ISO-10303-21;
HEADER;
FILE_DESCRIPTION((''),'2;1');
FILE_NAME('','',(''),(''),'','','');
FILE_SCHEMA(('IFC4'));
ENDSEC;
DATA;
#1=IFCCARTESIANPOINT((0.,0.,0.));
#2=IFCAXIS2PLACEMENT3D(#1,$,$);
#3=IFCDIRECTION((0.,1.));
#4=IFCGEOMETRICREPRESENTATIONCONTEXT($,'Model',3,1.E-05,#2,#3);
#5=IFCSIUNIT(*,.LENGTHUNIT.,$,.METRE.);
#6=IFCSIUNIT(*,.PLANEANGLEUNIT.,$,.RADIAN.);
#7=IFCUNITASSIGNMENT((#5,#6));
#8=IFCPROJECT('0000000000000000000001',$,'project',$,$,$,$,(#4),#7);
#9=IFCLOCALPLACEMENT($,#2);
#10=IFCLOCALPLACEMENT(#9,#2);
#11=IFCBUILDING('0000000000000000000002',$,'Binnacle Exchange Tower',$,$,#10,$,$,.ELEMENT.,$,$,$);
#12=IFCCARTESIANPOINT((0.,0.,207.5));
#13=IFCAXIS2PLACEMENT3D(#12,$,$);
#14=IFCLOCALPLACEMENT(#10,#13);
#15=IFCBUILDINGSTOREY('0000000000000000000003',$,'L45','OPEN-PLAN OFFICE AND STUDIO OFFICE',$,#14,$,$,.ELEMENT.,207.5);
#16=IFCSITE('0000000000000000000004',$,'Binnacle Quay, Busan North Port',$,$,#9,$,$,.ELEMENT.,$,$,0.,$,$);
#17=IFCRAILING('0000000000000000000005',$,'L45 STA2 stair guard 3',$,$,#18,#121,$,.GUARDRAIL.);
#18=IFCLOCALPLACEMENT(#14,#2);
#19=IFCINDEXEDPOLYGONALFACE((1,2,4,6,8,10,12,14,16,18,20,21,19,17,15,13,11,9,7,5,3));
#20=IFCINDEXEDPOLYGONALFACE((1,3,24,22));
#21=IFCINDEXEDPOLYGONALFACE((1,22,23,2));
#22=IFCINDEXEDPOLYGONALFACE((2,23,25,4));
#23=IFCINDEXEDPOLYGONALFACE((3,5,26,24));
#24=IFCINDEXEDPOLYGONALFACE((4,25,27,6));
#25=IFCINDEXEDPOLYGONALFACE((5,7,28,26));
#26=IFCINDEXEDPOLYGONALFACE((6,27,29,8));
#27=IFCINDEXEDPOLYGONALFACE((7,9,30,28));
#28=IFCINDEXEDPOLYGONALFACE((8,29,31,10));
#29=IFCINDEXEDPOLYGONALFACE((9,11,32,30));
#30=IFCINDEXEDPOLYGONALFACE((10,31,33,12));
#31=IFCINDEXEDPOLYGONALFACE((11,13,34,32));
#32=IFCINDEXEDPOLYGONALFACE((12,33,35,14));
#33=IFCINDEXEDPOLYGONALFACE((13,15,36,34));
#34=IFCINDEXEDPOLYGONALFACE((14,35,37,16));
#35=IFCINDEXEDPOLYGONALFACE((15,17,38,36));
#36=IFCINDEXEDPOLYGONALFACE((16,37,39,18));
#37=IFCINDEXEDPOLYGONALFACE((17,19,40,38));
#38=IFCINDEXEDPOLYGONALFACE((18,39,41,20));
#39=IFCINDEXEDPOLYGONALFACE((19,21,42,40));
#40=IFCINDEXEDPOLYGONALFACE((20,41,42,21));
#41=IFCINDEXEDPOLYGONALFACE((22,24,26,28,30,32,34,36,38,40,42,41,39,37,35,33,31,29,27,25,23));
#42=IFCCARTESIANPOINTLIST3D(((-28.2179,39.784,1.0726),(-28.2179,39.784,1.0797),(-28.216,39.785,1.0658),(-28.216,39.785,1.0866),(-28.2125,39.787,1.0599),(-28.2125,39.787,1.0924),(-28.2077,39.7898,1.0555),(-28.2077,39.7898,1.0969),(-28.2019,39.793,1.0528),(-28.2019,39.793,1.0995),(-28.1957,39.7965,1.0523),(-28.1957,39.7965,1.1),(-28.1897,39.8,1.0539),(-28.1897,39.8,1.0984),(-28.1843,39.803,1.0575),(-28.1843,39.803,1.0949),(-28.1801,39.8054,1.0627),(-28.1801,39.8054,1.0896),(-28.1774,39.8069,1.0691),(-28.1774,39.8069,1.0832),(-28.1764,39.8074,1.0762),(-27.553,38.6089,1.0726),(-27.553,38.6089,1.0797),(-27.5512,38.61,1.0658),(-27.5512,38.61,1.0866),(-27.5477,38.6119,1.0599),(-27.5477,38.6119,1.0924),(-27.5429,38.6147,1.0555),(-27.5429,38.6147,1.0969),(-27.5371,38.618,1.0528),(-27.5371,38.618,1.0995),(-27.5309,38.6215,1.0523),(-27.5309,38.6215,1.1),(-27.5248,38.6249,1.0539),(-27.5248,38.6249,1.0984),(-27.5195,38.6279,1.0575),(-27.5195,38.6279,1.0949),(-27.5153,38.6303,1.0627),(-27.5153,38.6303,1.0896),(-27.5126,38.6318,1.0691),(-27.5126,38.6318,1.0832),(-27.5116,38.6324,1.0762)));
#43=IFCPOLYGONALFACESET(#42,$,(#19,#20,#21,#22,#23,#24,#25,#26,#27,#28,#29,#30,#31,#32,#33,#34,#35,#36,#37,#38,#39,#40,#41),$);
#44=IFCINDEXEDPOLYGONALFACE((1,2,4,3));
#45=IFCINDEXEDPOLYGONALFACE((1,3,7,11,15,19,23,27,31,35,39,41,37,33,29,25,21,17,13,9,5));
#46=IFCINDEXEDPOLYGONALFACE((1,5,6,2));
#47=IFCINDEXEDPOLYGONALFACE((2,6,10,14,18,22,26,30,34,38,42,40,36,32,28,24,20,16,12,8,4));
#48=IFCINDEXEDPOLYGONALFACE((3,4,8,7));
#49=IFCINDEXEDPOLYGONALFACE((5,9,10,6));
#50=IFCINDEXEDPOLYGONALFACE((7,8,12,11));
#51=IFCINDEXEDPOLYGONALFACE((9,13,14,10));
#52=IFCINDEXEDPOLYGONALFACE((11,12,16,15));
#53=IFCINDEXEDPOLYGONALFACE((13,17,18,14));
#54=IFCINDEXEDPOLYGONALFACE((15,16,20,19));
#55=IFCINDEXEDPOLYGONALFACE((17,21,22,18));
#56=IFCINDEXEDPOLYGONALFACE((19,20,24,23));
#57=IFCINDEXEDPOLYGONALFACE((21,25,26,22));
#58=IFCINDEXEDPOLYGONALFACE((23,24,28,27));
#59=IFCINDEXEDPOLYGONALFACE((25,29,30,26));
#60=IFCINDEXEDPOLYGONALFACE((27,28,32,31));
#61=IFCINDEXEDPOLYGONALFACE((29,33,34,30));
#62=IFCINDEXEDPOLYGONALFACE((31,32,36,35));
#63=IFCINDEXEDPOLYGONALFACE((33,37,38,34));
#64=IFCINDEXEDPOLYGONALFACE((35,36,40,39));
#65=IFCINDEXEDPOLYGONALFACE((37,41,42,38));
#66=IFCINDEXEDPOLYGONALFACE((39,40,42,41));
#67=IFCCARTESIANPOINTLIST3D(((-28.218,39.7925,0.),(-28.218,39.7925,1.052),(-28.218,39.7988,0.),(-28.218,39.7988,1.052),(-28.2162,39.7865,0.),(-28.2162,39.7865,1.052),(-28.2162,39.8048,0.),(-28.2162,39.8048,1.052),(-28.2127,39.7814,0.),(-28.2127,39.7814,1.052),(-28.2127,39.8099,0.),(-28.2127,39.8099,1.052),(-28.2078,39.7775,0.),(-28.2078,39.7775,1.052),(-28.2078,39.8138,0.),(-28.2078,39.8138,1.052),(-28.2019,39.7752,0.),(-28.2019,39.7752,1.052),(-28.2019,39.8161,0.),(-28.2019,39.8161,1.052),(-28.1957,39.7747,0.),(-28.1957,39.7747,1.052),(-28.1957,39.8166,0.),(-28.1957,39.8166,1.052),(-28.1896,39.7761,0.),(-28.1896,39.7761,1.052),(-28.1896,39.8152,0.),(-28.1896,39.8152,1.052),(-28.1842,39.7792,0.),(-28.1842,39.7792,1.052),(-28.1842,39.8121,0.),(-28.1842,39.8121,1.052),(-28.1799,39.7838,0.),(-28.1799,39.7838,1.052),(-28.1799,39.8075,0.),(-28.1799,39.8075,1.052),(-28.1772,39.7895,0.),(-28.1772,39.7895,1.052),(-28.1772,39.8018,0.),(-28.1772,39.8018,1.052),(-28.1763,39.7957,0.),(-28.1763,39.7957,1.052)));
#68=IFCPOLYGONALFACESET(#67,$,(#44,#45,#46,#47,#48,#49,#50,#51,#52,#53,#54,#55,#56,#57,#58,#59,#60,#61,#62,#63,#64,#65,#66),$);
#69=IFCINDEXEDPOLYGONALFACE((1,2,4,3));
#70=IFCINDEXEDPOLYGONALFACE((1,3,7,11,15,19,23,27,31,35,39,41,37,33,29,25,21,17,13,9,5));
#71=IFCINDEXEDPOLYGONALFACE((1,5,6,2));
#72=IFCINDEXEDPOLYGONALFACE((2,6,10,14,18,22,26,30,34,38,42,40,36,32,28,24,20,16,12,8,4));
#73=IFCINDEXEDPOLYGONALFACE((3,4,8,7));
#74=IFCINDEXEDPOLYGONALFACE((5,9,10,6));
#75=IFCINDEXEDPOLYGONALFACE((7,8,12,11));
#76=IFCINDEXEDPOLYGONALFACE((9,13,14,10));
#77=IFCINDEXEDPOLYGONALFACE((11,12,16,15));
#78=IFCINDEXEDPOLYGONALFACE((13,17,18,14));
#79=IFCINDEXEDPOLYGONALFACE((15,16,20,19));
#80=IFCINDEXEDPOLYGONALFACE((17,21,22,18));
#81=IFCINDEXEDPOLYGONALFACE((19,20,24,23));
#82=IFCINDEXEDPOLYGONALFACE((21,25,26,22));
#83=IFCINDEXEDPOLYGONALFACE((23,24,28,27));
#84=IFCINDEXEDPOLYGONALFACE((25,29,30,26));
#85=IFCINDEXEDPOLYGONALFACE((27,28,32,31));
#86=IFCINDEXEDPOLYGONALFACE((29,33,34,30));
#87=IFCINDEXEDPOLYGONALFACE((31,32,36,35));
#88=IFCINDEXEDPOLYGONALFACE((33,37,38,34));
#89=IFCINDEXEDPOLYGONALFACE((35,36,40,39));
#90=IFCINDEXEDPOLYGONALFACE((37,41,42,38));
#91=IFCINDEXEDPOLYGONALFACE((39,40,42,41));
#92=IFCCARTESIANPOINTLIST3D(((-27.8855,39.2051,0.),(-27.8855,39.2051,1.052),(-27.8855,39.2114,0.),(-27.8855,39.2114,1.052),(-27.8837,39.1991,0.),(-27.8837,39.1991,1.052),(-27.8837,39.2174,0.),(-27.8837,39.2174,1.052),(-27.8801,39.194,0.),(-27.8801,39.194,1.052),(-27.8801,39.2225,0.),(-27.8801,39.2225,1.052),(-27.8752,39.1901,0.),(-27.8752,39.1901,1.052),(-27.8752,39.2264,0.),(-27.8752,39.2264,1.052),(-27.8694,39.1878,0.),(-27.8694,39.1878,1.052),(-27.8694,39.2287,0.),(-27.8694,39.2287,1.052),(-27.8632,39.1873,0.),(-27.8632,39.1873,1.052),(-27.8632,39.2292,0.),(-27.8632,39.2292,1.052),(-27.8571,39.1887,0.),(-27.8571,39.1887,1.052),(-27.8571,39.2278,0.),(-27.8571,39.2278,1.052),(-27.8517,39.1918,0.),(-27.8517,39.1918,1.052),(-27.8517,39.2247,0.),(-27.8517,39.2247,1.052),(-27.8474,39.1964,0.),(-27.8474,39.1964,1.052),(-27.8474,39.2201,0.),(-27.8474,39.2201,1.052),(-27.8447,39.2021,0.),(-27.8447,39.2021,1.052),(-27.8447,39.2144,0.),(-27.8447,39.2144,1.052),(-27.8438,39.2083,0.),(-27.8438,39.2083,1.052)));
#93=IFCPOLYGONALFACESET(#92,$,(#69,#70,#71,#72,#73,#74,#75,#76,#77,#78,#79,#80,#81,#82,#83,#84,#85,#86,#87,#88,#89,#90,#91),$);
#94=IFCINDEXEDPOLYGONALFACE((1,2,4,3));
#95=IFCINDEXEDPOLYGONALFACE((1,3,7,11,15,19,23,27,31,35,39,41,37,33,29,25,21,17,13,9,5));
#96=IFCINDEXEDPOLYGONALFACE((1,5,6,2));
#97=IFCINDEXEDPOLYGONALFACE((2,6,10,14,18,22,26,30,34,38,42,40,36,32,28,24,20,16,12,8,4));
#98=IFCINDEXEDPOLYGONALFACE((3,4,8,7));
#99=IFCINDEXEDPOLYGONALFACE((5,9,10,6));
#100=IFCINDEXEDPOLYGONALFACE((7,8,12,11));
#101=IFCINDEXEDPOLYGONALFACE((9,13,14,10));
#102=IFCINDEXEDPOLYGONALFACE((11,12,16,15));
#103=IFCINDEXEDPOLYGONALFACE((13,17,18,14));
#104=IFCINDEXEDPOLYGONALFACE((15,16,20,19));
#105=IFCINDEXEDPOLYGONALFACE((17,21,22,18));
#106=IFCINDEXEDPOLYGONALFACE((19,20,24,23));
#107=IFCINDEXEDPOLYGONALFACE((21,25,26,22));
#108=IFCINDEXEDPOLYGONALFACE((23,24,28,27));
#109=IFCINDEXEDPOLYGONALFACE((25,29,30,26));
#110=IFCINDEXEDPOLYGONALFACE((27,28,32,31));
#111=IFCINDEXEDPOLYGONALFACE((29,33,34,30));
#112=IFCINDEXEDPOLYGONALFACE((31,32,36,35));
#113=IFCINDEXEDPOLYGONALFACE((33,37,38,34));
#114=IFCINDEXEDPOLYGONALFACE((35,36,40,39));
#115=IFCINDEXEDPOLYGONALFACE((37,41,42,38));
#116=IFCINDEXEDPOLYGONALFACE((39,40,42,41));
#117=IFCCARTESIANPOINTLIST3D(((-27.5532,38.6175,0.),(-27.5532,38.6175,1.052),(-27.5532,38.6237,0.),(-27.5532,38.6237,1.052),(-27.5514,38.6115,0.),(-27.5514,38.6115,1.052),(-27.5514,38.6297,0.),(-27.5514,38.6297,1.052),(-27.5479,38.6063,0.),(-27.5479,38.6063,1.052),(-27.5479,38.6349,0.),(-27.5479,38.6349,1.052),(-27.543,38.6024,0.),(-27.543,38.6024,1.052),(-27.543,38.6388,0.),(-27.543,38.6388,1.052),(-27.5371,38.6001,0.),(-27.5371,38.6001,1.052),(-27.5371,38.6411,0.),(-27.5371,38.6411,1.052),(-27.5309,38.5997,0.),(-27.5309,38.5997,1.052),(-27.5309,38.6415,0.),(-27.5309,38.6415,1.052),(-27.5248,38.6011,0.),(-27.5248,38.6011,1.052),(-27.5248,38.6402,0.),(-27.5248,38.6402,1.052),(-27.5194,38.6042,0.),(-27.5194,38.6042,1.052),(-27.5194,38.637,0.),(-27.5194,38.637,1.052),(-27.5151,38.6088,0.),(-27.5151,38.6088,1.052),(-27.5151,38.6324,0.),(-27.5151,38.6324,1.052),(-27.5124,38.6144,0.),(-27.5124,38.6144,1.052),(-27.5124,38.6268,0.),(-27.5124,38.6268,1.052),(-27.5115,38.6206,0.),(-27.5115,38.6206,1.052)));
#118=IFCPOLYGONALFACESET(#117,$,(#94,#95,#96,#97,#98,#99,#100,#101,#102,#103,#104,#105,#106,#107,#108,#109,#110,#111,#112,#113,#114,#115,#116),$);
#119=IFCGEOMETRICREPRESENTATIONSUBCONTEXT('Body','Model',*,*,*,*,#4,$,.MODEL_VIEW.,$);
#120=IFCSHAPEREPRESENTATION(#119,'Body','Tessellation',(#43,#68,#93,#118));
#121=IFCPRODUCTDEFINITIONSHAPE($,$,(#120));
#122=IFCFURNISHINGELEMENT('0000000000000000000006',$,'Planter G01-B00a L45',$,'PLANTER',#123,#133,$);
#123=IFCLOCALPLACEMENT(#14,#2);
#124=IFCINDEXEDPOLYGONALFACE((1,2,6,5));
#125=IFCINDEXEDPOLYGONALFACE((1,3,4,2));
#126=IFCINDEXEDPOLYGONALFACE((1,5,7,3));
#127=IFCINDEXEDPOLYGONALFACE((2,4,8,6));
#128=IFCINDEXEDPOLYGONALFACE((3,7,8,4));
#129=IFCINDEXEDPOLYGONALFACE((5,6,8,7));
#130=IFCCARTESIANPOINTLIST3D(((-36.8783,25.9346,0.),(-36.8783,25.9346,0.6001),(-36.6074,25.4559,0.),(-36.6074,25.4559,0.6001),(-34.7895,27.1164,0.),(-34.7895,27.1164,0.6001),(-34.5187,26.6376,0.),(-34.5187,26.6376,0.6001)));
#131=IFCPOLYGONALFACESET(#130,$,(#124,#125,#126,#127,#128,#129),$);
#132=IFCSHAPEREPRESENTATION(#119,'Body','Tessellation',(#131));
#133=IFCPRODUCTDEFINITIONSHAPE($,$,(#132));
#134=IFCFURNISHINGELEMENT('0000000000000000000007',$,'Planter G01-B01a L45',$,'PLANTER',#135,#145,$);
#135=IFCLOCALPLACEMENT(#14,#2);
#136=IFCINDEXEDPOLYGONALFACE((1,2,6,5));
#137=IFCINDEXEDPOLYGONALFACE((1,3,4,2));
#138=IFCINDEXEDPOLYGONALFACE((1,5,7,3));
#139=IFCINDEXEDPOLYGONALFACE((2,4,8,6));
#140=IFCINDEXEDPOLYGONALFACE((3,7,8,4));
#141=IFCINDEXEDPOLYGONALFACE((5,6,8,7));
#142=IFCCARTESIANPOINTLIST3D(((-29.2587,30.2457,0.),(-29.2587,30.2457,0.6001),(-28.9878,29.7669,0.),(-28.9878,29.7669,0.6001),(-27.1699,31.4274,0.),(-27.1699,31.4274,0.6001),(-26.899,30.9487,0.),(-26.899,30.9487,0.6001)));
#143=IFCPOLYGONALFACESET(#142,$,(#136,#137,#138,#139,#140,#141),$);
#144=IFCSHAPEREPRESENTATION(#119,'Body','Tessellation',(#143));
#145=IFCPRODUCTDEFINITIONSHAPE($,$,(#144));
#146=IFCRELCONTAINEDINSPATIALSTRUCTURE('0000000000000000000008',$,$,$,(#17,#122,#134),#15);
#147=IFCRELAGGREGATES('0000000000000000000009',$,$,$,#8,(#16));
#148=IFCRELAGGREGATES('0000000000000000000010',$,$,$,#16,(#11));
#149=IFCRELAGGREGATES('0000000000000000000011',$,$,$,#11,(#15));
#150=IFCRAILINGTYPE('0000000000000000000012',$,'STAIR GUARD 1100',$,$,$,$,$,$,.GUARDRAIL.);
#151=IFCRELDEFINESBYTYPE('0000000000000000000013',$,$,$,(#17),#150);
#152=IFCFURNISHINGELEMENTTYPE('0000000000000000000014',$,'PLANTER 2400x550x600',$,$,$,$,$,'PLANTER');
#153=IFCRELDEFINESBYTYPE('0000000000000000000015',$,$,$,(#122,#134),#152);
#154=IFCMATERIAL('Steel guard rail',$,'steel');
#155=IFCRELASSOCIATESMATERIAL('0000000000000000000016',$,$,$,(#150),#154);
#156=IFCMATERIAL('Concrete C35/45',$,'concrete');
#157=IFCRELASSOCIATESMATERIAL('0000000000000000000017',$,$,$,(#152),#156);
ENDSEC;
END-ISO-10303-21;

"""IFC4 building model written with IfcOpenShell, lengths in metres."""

from ifc_helpers import new_model, si_unit, direction, frame, origin, origin_2d, place, context, subcontext, project, spatial, rectangle, circle, extrude, material, type_object, element, save


model = new_model("IFC4")

# Units and contexts
model_context = context("Model", 3, precision=1e-05, world=origin(), true_north=direction((0.0, 1.0)))
body_context = subcontext(model_context, "Body", "Model", "MODEL_VIEW")
ifc_project = project(units=[si_unit("LENGTHUNIT", "METRE"), si_unit("PLANEANGLEUNIT", "RADIAN")], contexts=[model_context])

# Site, building, storey
site_placement = place(None, origin())
site = spatial("IfcSite", under=ifc_project, at=site_placement, Name="Binnacle Quay, Busan North Port", CompositionType="ELEMENT", RefElevation=0.0)
building_placement = place(site_placement, origin())
building = spatial("IfcBuilding", under=site, at=building_placement, Name="Binnacle Exchange Tower", CompositionType="ELEMENT")
storey_placement = place(building_placement, frame((0.0, 0.0, 207.5)))
storey = spatial("IfcBuildingStorey", under=building, at=storey_placement, Name="L45", Description="OPEN-PLAN OFFICE AND STUDIO OFFICE", CompositionType="ELEMENT", Elevation=207.5)

# Shared definitions
ifc_material_1 = material(Name="Concrete C35/45", Category="concrete")

# Railing
ifc_material_2 = material(Name="Steel guard rail", Category="steel")
railing_type_1 = type_object("IfcRailingType", Name="STAIR GUARD 1100", PredefinedType="GUARDRAIL", material=ifc_material_2)
railing_1_placement = place(storey_placement, frame((-28.1973, 39.7957, 0.0)))
element("IfcRailing", 1, at=railing_1_placement, inside=storey, type_object=railing_type_1, Name="L45 STA2 stair guard 3", PredefinedType="GUARDRAIL", context=body_context, shape_type="SweptSolid", body=[
    extrude(circle(Radius=0.0239, at=origin_2d()), frame((0.0, 0.0, 1.0762), z_axis=(0.492415, -0.870361, 0.0), x_axis=(0.870361, 0.492415, 0.0)), (0.0, 0.0, 1.0), 1.3501),
    extrude(circle(Radius=0.021, at=origin_2d()), origin(), (0.0, 0.0, 1.0), 1.052),
    extrude(circle(Radius=0.021, at=origin_2d()), frame((0.3325, -0.5874, 0.0)), (0.0, 0.0, 1.0), 1.052),
    extrude(circle(Radius=0.021, at=origin_2d()), frame((0.6648, -1.175, 0.0)), (0.0, 0.0, 1.0), 1.052),
])

# Furnishing elements
furnishing_element_type = type_object("IfcFurnishingElementType", Name="PLANTER 2400x550x600", ElementType="PLANTER", material=ifc_material_1)
for number, where, z_axis, x_axis, name in (
    (2, (-35.6985, 26.2861, 0.0), (0.0, 0.0, 1.0), (0.870356, 0.492424, 0.0), "Planter G01-B00a L45"),
    (3, (-28.0789, 30.5972, 0.0), (0.0, 0.0, 1.0), (0.870356, 0.492424, 0.0), "Planter G01-B01a L45"),
):
    element("IfcFurnishingElement", number, at=place(storey_placement, frame(where, z_axis=z_axis, x_axis=x_axis)), inside=storey, type_object=furnishing_element_type, Name=name, ObjectType="PLANTER", context=body_context, shape_type="SweptSolid", body=[
        extrude(rectangle(XDim=2.3999, YDim=0.55, at=origin_2d()), origin(), (0.0, 0.0, 1.0), 0.6001),
    ])

save(model, "model.ifc")
